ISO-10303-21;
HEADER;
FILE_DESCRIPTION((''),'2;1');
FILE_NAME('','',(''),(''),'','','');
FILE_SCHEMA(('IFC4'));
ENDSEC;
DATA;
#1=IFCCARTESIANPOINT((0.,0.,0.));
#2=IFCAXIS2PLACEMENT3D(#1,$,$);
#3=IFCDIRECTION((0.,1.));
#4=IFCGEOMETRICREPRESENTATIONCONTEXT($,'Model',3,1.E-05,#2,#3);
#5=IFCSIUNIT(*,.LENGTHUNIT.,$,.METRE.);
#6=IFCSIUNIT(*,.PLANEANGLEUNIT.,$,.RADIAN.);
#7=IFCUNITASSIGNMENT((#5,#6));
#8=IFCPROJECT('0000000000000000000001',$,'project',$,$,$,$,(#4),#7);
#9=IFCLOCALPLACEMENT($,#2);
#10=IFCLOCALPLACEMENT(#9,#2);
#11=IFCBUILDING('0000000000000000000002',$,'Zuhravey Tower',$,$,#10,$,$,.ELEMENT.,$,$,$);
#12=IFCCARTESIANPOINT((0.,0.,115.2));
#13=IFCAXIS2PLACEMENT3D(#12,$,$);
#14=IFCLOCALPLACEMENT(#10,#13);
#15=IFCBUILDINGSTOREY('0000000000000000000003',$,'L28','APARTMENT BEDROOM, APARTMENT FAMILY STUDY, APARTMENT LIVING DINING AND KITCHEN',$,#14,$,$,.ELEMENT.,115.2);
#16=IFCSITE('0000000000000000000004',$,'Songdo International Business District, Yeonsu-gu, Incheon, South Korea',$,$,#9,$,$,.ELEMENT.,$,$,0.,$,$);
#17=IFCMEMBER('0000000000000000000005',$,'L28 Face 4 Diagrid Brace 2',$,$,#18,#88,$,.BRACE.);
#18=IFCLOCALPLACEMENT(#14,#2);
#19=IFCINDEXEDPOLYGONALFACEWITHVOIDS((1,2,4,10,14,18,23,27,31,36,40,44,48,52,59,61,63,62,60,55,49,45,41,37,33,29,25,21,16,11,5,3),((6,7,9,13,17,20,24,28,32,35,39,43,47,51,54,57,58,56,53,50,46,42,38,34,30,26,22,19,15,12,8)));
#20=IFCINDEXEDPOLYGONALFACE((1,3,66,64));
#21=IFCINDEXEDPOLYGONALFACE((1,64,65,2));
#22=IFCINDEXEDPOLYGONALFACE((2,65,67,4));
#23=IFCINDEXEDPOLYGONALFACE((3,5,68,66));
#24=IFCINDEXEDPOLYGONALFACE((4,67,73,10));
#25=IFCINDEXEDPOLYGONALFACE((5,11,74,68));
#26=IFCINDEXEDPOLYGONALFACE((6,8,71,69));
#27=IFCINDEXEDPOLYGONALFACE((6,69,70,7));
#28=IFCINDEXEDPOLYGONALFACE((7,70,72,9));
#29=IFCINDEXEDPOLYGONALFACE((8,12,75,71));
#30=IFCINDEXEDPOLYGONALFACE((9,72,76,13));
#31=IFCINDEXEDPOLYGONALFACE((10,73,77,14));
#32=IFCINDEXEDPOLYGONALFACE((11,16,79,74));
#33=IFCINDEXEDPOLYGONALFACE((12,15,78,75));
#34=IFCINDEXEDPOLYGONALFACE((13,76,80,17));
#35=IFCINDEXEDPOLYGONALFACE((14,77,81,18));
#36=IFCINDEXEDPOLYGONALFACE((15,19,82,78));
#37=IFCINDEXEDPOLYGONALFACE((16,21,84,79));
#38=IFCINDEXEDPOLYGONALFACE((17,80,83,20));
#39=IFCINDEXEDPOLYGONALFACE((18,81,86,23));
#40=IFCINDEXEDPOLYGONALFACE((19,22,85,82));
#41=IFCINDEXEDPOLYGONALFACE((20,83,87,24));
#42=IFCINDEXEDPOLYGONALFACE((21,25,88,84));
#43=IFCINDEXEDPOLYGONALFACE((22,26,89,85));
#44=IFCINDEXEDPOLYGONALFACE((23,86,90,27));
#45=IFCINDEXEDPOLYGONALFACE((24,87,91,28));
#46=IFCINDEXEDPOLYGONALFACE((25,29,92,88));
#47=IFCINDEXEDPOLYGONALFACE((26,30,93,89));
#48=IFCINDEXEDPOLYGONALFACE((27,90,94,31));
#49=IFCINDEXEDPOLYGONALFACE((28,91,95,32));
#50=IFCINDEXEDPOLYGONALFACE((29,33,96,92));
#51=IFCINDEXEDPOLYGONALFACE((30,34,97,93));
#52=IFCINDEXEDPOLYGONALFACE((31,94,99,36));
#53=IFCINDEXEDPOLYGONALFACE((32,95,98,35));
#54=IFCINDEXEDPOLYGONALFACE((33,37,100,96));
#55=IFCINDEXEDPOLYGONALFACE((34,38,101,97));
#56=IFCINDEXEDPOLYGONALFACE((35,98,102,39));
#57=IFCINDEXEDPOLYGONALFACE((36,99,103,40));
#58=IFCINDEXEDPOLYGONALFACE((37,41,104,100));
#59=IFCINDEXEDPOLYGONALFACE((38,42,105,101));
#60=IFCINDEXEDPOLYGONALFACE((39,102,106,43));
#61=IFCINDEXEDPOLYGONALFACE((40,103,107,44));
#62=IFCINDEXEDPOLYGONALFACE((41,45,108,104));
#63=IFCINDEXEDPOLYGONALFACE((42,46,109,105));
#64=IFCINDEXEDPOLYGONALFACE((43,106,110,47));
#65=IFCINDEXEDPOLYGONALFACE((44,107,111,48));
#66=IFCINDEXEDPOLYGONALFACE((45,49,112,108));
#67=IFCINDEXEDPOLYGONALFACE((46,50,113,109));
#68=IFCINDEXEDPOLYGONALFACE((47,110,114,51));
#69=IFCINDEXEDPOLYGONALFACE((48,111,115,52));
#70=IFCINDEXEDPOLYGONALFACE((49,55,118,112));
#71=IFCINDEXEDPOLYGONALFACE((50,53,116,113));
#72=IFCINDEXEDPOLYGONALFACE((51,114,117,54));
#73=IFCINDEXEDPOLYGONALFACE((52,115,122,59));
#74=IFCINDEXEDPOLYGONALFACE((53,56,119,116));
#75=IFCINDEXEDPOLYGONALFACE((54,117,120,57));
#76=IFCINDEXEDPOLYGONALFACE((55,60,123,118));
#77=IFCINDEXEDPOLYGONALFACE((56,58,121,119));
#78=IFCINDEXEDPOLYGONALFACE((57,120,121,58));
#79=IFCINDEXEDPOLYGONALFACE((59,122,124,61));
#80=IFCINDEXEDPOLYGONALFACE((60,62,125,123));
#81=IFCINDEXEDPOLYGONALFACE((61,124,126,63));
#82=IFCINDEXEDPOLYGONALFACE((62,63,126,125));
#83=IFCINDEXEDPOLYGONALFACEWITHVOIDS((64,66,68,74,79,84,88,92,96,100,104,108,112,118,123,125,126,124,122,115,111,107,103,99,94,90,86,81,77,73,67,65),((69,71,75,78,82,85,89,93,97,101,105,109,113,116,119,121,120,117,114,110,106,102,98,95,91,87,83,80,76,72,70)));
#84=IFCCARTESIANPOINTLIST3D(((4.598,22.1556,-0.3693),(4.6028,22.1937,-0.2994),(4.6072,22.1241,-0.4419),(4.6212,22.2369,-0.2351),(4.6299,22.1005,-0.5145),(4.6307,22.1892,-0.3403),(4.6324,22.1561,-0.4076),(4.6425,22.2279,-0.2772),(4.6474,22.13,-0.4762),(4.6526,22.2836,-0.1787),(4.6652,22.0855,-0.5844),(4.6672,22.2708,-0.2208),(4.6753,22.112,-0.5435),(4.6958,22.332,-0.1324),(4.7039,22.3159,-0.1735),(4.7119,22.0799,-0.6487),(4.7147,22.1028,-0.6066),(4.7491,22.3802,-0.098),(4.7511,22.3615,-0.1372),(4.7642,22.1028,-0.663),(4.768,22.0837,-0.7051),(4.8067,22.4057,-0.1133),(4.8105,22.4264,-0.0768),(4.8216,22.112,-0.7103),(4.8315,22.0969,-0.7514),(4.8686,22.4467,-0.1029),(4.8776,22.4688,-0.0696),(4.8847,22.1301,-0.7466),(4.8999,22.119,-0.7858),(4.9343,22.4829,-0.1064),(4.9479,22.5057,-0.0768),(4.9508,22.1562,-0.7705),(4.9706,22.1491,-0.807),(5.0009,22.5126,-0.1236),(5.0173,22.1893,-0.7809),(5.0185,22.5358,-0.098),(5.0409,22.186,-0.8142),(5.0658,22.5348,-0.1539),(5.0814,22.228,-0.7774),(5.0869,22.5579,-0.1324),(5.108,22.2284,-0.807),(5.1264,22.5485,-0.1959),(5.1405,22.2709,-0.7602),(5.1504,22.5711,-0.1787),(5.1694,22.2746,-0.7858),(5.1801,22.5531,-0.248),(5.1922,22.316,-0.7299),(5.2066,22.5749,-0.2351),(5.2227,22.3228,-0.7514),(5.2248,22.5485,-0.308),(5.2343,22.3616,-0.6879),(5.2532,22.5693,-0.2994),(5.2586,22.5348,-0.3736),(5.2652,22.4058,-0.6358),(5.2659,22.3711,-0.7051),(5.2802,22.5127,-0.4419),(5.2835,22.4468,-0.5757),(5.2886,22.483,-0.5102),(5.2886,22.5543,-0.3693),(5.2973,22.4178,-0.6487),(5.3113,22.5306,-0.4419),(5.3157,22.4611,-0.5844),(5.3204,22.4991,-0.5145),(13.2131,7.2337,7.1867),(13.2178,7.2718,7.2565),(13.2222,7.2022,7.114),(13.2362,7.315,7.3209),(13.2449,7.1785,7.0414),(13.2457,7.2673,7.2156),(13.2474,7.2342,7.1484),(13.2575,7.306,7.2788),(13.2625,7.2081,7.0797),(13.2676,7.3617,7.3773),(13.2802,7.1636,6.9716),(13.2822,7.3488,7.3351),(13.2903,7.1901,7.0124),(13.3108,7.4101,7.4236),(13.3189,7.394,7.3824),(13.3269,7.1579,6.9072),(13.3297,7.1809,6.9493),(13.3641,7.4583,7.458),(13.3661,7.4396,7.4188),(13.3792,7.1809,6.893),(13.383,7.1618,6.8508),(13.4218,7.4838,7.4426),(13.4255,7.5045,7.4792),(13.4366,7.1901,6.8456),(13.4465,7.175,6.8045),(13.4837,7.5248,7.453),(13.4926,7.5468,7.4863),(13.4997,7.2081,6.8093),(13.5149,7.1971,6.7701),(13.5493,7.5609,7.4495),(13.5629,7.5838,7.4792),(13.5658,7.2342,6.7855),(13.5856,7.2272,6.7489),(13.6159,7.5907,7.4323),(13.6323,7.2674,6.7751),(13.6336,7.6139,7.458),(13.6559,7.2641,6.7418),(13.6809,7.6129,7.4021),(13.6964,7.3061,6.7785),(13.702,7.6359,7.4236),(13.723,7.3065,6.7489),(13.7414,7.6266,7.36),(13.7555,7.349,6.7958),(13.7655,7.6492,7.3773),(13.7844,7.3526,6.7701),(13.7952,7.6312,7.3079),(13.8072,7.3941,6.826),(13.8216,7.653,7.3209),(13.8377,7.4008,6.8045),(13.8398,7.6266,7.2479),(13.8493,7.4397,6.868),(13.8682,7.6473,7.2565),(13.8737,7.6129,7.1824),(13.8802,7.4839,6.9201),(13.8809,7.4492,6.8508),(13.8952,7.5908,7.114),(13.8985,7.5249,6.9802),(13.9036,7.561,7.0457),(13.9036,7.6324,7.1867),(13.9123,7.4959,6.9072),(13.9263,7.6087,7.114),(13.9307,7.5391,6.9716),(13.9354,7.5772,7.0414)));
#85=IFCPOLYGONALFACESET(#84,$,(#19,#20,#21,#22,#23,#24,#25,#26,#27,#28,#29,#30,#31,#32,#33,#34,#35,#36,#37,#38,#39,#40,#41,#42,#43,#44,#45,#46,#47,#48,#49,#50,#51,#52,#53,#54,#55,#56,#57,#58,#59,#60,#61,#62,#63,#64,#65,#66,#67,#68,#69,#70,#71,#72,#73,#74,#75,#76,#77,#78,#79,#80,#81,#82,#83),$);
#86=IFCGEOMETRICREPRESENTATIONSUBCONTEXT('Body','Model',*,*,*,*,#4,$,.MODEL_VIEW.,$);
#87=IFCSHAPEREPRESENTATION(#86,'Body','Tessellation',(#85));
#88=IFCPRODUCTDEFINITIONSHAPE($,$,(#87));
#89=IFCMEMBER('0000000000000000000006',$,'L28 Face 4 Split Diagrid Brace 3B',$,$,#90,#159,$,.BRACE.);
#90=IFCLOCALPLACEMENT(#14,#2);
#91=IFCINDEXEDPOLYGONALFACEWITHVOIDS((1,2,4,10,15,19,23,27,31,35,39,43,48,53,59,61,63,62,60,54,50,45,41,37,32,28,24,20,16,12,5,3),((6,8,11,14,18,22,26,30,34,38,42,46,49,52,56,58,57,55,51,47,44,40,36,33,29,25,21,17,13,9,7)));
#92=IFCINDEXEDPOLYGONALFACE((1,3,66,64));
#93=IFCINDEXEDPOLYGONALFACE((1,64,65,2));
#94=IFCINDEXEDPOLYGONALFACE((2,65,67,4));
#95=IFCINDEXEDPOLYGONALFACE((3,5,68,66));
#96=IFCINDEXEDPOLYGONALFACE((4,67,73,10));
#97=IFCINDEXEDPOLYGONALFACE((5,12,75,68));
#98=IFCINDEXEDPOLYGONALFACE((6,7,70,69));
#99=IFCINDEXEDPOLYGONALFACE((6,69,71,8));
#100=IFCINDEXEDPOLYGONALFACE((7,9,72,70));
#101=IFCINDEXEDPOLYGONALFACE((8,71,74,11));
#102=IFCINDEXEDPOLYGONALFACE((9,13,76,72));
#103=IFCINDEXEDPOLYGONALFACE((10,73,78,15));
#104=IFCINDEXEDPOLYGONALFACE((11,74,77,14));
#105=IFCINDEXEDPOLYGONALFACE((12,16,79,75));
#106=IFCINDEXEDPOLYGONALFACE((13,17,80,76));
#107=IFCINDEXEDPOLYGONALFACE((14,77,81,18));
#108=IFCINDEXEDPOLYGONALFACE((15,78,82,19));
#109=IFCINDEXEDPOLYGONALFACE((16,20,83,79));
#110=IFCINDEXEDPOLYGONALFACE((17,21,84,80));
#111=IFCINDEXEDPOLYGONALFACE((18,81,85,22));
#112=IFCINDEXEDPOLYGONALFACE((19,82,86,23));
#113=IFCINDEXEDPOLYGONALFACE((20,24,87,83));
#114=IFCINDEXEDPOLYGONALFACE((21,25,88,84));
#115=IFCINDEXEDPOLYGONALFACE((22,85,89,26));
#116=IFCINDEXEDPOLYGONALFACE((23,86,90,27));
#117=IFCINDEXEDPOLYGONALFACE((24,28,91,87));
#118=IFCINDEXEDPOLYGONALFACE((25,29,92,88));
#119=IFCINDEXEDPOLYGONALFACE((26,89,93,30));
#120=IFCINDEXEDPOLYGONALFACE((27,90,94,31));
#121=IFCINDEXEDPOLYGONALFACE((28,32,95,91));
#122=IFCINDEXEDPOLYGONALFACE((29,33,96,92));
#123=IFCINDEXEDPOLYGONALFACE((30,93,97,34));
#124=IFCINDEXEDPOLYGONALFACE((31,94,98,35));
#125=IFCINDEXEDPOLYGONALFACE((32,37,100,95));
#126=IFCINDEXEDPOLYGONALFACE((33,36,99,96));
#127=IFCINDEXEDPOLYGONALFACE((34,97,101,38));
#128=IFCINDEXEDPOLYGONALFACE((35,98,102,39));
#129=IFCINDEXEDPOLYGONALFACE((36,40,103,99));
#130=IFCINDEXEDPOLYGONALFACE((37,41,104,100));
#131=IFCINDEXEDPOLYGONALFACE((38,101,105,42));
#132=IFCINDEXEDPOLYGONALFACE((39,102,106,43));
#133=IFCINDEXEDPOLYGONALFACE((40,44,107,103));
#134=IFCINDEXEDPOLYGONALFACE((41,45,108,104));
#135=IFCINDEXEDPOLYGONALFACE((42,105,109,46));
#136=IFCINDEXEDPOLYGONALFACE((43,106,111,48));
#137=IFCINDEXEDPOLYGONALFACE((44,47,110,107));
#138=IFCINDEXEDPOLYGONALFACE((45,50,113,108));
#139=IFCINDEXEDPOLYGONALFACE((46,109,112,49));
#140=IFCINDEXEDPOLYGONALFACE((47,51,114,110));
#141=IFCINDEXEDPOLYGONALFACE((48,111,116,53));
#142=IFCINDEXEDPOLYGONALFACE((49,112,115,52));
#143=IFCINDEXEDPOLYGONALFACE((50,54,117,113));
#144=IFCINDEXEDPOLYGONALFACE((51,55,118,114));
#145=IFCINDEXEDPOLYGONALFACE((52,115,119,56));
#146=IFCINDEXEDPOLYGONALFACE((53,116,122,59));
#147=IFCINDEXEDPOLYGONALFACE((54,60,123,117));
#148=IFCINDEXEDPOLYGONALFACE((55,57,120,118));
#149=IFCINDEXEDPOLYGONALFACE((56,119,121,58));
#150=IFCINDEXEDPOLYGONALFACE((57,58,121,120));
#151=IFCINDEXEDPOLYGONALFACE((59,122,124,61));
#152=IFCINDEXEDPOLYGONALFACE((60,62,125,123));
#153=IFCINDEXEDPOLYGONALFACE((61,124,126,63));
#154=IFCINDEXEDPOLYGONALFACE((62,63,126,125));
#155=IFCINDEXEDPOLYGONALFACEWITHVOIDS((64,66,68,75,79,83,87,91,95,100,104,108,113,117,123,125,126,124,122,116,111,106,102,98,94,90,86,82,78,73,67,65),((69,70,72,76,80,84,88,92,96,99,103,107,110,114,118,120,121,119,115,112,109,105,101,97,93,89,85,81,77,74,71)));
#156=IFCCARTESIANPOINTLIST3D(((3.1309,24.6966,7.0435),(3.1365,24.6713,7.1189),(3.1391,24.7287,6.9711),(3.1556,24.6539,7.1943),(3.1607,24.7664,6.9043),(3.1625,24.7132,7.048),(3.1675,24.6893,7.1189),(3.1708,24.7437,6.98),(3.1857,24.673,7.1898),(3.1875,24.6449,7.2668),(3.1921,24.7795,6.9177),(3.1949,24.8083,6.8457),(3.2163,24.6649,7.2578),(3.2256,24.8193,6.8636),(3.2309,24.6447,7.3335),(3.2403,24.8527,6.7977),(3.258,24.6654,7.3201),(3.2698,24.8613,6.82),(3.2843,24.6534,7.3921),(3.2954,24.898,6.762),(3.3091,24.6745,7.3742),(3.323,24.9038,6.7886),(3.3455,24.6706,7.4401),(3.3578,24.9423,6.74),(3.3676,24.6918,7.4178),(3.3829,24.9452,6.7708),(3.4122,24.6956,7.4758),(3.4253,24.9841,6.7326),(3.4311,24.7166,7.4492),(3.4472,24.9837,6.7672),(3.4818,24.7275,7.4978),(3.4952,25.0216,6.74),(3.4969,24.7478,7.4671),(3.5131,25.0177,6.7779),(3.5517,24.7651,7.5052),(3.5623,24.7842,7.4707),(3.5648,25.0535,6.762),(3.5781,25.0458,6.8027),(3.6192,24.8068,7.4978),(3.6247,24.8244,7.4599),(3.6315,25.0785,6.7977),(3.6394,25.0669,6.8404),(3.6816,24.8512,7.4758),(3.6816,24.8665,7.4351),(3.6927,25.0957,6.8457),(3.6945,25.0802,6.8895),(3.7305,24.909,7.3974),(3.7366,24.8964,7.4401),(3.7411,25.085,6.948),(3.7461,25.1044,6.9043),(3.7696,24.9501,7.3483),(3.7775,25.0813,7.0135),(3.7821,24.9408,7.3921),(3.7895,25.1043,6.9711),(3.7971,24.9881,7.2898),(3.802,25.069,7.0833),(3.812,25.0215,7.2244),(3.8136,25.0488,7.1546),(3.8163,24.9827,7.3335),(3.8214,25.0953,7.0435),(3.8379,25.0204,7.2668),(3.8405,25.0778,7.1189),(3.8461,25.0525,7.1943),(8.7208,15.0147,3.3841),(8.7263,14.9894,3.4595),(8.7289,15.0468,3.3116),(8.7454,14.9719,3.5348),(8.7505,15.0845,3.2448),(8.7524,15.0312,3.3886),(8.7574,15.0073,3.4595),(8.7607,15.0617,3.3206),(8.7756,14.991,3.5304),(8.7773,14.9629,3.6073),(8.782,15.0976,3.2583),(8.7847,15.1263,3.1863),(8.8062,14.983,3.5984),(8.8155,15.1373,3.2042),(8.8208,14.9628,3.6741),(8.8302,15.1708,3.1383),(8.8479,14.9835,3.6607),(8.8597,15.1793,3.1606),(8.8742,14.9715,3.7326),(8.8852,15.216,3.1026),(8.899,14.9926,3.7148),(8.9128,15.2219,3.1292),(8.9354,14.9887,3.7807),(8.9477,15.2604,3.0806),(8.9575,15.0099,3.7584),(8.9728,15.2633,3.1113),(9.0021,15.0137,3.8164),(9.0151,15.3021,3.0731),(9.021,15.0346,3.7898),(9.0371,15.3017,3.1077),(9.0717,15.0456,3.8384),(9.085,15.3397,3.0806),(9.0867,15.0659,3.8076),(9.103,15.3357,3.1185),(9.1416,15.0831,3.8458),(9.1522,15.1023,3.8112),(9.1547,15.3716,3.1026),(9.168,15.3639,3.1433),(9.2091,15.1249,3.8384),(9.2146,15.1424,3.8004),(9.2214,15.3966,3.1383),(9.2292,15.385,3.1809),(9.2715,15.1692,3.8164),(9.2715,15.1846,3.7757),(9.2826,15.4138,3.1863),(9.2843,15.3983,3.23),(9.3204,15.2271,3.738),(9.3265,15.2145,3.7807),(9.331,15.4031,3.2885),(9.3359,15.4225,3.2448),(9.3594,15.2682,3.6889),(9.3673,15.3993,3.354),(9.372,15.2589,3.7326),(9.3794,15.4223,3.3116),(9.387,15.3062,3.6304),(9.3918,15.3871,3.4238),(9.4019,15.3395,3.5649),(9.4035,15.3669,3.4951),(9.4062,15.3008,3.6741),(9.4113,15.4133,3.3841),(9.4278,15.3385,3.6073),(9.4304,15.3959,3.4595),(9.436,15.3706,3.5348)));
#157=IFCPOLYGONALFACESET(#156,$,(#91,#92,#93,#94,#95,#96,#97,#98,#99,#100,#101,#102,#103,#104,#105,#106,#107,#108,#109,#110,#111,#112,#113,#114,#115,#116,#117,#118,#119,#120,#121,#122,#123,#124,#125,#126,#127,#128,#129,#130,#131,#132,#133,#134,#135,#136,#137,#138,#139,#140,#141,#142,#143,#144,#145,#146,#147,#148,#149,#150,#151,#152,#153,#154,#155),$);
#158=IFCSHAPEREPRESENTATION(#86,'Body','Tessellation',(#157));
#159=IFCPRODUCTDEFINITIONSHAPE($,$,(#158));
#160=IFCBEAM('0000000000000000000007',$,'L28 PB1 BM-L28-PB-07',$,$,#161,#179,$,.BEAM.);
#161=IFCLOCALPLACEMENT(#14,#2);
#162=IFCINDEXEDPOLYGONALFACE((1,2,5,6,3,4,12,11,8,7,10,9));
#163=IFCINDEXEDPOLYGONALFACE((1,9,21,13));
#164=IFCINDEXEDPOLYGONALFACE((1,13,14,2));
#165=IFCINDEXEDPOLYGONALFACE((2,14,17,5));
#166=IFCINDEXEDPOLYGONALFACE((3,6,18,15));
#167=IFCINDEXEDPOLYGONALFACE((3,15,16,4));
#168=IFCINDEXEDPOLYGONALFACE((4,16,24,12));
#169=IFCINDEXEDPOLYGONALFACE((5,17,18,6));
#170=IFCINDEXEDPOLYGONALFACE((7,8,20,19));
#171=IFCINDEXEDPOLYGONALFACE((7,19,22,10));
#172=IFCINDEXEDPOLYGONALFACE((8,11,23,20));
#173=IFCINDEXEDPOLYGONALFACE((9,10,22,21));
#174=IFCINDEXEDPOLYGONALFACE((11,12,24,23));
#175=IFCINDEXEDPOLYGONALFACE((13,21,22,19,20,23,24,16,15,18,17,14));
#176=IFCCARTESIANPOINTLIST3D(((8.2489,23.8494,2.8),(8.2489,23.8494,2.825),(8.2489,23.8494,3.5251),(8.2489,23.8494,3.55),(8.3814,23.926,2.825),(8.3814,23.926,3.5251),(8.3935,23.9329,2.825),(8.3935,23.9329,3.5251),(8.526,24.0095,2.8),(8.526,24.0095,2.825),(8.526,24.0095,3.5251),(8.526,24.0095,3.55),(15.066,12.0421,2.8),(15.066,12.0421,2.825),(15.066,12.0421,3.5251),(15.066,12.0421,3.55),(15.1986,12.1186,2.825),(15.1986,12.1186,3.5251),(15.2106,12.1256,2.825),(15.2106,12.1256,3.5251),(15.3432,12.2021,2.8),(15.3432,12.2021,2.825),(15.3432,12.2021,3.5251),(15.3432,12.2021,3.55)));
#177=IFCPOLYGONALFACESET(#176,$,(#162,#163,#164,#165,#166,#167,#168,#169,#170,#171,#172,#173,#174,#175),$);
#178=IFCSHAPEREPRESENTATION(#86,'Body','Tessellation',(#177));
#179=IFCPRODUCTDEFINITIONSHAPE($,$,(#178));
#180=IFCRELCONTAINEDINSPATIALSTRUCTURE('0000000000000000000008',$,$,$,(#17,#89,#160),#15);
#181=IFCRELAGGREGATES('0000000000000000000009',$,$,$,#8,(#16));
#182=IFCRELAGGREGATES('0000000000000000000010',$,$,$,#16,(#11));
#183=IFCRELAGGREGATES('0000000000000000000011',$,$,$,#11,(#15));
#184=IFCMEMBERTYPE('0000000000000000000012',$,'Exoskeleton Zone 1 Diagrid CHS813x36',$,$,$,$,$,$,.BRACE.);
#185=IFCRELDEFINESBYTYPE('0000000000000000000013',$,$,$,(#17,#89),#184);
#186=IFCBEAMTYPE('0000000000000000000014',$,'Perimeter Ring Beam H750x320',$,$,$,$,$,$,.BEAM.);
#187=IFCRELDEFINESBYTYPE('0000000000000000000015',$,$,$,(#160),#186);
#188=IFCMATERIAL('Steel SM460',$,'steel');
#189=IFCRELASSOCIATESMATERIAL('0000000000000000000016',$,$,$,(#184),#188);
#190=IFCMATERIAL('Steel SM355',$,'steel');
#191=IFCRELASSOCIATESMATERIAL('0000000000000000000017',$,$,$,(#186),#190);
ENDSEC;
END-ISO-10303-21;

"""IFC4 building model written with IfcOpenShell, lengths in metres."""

from ifc_helpers import new_model, si_unit, direction, frame, origin, origin_2d, place, context, subcontext, project, spatial, hollow_circle, i_section, extrude, material, material_profile, profile_set, type_object, element, save


model = new_model("IFC4")

# Units and contexts
model_context = context("Model", 3, precision=1e-05, world=origin(), true_north=direction((0.0, 1.0)))
body_context = subcontext(model_context, "Body", "Model", "MODEL_VIEW")
ifc_project = project(units=[si_unit("LENGTHUNIT", "METRE"), si_unit("PLANEANGLEUNIT", "RADIAN")], contexts=[model_context])

# Site, building, storey
site_placement = place(None, origin())
site = spatial("IfcSite", under=ifc_project, at=site_placement, Name="Songdo International Business District, Yeonsu-gu, Incheon, South Korea", CompositionType="ELEMENT", RefElevation=0.0)
building_placement = place(site_placement, origin())
building = spatial("IfcBuilding", under=site, at=building_placement, Name="Zuhravey Tower", CompositionType="ELEMENT")
storey_placement = place(building_placement, frame((0.0, 0.0, 115.2)))
storey = spatial("IfcBuildingStorey", under=building, at=storey_placement, Name="L28", Description="APARTMENT BEDROOM, APARTMENT FAMILY STUDY, APARTMENT LIVING DINING AND KITCHEN", CompositionType="ELEMENT", Elevation=115.2)

# Members
ifc_material_1 = material(Name="Steel SM355", Category="steel")
ifc_material_2 = material(Name="Steel SM460", Category="steel")
ifc_material_profile_1 = material_profile(ifc_material_2, hollow_circle(Radius=0.4065, WallThickness=0.0359, at=origin_2d()), Name="CHS-812.8x36")
ifc_profile_set_1 = profile_set([ifc_material_profile_1], Name="Steel SM460")
member_type_1 = type_object("IfcMemberType", Name="Exoskeleton Zone 1 Diagrid CHS813x36", PredefinedType="BRACE", material=ifc_profile_set_1)
member_1_placement = place(storey_placement, frame((4.9592, 22.3274, -0.4419), z_axis=(0.4579, -0.79312, 0.401608), x_axis=(0.866029, 0.499993, 0.0)))
element("IfcMember", 1, at=member_1_placement, inside=storey, type_object=member_type_1, Name="L28 Face 4 Diagrid Brace 2", PredefinedType="BRACE", context=body_context, shape_type="SweptSolid", body=[
    extrude(hollow_circle(Radius=0.4065, WallThickness=0.0359, at=origin_2d()), origin(), (0.0, 0.0, 1.0), 18.8142),
])
member_2_placement = place(storey_placement, frame((9.0784, 15.1926, 3.4595), z_axis=(-0.475191, 0.823054, 0.311087), x_axis=(-0.866025, -0.5, 0.0)))
element("IfcMember", 2, at=member_2_placement, inside=storey, type_object=member_type_1, Name="L28 Face 4 Split Diagrid Brace 3B", PredefinedType="BRACE", context=body_context, shape_type="SweptSolid", body=[
    extrude(hollow_circle(Radius=0.4065, WallThickness=0.0359, at=origin_2d()), origin(), (0.0, 0.0, 1.0), 11.7634),
])

# Beam
ifc_material_profile_2 = material_profile(ifc_material_1, i_section(OverallWidth=0.3201, OverallDepth=0.75, WebThickness=0.0139, FlangeThickness=0.0249, at=origin_2d()), Name="H-750x320x14x25")
ifc_profile_set_2 = profile_set([ifc_material_profile_2], Name="Steel SM355")
beam_type_1 = type_object("IfcBeamType", Name="Perimeter Ring Beam H750x320", PredefinedType="BEAM", material=ifc_profile_set_2)
beam_1_placement = place(storey_placement, frame((8.3875, 23.9294, 3.175), z_axis=(0.500008, -0.866021, 0.0), x_axis=(0.866021, 0.500008, 0.0)))
element("IfcBeam", 3, at=beam_1_placement, inside=storey, type_object=beam_type_1, Name="L28 PB1 BM-L28-PB-07", PredefinedType="BEAM", context=body_context, shape_type="SweptSolid", body=[
    extrude(i_section(OverallWidth=0.3201, OverallDepth=0.75, WebThickness=0.0139, FlangeThickness=0.0249, at=origin_2d()), origin(), (0.0, 0.0, 1.0), 13.634),
])

save(model, "model.ifc")
